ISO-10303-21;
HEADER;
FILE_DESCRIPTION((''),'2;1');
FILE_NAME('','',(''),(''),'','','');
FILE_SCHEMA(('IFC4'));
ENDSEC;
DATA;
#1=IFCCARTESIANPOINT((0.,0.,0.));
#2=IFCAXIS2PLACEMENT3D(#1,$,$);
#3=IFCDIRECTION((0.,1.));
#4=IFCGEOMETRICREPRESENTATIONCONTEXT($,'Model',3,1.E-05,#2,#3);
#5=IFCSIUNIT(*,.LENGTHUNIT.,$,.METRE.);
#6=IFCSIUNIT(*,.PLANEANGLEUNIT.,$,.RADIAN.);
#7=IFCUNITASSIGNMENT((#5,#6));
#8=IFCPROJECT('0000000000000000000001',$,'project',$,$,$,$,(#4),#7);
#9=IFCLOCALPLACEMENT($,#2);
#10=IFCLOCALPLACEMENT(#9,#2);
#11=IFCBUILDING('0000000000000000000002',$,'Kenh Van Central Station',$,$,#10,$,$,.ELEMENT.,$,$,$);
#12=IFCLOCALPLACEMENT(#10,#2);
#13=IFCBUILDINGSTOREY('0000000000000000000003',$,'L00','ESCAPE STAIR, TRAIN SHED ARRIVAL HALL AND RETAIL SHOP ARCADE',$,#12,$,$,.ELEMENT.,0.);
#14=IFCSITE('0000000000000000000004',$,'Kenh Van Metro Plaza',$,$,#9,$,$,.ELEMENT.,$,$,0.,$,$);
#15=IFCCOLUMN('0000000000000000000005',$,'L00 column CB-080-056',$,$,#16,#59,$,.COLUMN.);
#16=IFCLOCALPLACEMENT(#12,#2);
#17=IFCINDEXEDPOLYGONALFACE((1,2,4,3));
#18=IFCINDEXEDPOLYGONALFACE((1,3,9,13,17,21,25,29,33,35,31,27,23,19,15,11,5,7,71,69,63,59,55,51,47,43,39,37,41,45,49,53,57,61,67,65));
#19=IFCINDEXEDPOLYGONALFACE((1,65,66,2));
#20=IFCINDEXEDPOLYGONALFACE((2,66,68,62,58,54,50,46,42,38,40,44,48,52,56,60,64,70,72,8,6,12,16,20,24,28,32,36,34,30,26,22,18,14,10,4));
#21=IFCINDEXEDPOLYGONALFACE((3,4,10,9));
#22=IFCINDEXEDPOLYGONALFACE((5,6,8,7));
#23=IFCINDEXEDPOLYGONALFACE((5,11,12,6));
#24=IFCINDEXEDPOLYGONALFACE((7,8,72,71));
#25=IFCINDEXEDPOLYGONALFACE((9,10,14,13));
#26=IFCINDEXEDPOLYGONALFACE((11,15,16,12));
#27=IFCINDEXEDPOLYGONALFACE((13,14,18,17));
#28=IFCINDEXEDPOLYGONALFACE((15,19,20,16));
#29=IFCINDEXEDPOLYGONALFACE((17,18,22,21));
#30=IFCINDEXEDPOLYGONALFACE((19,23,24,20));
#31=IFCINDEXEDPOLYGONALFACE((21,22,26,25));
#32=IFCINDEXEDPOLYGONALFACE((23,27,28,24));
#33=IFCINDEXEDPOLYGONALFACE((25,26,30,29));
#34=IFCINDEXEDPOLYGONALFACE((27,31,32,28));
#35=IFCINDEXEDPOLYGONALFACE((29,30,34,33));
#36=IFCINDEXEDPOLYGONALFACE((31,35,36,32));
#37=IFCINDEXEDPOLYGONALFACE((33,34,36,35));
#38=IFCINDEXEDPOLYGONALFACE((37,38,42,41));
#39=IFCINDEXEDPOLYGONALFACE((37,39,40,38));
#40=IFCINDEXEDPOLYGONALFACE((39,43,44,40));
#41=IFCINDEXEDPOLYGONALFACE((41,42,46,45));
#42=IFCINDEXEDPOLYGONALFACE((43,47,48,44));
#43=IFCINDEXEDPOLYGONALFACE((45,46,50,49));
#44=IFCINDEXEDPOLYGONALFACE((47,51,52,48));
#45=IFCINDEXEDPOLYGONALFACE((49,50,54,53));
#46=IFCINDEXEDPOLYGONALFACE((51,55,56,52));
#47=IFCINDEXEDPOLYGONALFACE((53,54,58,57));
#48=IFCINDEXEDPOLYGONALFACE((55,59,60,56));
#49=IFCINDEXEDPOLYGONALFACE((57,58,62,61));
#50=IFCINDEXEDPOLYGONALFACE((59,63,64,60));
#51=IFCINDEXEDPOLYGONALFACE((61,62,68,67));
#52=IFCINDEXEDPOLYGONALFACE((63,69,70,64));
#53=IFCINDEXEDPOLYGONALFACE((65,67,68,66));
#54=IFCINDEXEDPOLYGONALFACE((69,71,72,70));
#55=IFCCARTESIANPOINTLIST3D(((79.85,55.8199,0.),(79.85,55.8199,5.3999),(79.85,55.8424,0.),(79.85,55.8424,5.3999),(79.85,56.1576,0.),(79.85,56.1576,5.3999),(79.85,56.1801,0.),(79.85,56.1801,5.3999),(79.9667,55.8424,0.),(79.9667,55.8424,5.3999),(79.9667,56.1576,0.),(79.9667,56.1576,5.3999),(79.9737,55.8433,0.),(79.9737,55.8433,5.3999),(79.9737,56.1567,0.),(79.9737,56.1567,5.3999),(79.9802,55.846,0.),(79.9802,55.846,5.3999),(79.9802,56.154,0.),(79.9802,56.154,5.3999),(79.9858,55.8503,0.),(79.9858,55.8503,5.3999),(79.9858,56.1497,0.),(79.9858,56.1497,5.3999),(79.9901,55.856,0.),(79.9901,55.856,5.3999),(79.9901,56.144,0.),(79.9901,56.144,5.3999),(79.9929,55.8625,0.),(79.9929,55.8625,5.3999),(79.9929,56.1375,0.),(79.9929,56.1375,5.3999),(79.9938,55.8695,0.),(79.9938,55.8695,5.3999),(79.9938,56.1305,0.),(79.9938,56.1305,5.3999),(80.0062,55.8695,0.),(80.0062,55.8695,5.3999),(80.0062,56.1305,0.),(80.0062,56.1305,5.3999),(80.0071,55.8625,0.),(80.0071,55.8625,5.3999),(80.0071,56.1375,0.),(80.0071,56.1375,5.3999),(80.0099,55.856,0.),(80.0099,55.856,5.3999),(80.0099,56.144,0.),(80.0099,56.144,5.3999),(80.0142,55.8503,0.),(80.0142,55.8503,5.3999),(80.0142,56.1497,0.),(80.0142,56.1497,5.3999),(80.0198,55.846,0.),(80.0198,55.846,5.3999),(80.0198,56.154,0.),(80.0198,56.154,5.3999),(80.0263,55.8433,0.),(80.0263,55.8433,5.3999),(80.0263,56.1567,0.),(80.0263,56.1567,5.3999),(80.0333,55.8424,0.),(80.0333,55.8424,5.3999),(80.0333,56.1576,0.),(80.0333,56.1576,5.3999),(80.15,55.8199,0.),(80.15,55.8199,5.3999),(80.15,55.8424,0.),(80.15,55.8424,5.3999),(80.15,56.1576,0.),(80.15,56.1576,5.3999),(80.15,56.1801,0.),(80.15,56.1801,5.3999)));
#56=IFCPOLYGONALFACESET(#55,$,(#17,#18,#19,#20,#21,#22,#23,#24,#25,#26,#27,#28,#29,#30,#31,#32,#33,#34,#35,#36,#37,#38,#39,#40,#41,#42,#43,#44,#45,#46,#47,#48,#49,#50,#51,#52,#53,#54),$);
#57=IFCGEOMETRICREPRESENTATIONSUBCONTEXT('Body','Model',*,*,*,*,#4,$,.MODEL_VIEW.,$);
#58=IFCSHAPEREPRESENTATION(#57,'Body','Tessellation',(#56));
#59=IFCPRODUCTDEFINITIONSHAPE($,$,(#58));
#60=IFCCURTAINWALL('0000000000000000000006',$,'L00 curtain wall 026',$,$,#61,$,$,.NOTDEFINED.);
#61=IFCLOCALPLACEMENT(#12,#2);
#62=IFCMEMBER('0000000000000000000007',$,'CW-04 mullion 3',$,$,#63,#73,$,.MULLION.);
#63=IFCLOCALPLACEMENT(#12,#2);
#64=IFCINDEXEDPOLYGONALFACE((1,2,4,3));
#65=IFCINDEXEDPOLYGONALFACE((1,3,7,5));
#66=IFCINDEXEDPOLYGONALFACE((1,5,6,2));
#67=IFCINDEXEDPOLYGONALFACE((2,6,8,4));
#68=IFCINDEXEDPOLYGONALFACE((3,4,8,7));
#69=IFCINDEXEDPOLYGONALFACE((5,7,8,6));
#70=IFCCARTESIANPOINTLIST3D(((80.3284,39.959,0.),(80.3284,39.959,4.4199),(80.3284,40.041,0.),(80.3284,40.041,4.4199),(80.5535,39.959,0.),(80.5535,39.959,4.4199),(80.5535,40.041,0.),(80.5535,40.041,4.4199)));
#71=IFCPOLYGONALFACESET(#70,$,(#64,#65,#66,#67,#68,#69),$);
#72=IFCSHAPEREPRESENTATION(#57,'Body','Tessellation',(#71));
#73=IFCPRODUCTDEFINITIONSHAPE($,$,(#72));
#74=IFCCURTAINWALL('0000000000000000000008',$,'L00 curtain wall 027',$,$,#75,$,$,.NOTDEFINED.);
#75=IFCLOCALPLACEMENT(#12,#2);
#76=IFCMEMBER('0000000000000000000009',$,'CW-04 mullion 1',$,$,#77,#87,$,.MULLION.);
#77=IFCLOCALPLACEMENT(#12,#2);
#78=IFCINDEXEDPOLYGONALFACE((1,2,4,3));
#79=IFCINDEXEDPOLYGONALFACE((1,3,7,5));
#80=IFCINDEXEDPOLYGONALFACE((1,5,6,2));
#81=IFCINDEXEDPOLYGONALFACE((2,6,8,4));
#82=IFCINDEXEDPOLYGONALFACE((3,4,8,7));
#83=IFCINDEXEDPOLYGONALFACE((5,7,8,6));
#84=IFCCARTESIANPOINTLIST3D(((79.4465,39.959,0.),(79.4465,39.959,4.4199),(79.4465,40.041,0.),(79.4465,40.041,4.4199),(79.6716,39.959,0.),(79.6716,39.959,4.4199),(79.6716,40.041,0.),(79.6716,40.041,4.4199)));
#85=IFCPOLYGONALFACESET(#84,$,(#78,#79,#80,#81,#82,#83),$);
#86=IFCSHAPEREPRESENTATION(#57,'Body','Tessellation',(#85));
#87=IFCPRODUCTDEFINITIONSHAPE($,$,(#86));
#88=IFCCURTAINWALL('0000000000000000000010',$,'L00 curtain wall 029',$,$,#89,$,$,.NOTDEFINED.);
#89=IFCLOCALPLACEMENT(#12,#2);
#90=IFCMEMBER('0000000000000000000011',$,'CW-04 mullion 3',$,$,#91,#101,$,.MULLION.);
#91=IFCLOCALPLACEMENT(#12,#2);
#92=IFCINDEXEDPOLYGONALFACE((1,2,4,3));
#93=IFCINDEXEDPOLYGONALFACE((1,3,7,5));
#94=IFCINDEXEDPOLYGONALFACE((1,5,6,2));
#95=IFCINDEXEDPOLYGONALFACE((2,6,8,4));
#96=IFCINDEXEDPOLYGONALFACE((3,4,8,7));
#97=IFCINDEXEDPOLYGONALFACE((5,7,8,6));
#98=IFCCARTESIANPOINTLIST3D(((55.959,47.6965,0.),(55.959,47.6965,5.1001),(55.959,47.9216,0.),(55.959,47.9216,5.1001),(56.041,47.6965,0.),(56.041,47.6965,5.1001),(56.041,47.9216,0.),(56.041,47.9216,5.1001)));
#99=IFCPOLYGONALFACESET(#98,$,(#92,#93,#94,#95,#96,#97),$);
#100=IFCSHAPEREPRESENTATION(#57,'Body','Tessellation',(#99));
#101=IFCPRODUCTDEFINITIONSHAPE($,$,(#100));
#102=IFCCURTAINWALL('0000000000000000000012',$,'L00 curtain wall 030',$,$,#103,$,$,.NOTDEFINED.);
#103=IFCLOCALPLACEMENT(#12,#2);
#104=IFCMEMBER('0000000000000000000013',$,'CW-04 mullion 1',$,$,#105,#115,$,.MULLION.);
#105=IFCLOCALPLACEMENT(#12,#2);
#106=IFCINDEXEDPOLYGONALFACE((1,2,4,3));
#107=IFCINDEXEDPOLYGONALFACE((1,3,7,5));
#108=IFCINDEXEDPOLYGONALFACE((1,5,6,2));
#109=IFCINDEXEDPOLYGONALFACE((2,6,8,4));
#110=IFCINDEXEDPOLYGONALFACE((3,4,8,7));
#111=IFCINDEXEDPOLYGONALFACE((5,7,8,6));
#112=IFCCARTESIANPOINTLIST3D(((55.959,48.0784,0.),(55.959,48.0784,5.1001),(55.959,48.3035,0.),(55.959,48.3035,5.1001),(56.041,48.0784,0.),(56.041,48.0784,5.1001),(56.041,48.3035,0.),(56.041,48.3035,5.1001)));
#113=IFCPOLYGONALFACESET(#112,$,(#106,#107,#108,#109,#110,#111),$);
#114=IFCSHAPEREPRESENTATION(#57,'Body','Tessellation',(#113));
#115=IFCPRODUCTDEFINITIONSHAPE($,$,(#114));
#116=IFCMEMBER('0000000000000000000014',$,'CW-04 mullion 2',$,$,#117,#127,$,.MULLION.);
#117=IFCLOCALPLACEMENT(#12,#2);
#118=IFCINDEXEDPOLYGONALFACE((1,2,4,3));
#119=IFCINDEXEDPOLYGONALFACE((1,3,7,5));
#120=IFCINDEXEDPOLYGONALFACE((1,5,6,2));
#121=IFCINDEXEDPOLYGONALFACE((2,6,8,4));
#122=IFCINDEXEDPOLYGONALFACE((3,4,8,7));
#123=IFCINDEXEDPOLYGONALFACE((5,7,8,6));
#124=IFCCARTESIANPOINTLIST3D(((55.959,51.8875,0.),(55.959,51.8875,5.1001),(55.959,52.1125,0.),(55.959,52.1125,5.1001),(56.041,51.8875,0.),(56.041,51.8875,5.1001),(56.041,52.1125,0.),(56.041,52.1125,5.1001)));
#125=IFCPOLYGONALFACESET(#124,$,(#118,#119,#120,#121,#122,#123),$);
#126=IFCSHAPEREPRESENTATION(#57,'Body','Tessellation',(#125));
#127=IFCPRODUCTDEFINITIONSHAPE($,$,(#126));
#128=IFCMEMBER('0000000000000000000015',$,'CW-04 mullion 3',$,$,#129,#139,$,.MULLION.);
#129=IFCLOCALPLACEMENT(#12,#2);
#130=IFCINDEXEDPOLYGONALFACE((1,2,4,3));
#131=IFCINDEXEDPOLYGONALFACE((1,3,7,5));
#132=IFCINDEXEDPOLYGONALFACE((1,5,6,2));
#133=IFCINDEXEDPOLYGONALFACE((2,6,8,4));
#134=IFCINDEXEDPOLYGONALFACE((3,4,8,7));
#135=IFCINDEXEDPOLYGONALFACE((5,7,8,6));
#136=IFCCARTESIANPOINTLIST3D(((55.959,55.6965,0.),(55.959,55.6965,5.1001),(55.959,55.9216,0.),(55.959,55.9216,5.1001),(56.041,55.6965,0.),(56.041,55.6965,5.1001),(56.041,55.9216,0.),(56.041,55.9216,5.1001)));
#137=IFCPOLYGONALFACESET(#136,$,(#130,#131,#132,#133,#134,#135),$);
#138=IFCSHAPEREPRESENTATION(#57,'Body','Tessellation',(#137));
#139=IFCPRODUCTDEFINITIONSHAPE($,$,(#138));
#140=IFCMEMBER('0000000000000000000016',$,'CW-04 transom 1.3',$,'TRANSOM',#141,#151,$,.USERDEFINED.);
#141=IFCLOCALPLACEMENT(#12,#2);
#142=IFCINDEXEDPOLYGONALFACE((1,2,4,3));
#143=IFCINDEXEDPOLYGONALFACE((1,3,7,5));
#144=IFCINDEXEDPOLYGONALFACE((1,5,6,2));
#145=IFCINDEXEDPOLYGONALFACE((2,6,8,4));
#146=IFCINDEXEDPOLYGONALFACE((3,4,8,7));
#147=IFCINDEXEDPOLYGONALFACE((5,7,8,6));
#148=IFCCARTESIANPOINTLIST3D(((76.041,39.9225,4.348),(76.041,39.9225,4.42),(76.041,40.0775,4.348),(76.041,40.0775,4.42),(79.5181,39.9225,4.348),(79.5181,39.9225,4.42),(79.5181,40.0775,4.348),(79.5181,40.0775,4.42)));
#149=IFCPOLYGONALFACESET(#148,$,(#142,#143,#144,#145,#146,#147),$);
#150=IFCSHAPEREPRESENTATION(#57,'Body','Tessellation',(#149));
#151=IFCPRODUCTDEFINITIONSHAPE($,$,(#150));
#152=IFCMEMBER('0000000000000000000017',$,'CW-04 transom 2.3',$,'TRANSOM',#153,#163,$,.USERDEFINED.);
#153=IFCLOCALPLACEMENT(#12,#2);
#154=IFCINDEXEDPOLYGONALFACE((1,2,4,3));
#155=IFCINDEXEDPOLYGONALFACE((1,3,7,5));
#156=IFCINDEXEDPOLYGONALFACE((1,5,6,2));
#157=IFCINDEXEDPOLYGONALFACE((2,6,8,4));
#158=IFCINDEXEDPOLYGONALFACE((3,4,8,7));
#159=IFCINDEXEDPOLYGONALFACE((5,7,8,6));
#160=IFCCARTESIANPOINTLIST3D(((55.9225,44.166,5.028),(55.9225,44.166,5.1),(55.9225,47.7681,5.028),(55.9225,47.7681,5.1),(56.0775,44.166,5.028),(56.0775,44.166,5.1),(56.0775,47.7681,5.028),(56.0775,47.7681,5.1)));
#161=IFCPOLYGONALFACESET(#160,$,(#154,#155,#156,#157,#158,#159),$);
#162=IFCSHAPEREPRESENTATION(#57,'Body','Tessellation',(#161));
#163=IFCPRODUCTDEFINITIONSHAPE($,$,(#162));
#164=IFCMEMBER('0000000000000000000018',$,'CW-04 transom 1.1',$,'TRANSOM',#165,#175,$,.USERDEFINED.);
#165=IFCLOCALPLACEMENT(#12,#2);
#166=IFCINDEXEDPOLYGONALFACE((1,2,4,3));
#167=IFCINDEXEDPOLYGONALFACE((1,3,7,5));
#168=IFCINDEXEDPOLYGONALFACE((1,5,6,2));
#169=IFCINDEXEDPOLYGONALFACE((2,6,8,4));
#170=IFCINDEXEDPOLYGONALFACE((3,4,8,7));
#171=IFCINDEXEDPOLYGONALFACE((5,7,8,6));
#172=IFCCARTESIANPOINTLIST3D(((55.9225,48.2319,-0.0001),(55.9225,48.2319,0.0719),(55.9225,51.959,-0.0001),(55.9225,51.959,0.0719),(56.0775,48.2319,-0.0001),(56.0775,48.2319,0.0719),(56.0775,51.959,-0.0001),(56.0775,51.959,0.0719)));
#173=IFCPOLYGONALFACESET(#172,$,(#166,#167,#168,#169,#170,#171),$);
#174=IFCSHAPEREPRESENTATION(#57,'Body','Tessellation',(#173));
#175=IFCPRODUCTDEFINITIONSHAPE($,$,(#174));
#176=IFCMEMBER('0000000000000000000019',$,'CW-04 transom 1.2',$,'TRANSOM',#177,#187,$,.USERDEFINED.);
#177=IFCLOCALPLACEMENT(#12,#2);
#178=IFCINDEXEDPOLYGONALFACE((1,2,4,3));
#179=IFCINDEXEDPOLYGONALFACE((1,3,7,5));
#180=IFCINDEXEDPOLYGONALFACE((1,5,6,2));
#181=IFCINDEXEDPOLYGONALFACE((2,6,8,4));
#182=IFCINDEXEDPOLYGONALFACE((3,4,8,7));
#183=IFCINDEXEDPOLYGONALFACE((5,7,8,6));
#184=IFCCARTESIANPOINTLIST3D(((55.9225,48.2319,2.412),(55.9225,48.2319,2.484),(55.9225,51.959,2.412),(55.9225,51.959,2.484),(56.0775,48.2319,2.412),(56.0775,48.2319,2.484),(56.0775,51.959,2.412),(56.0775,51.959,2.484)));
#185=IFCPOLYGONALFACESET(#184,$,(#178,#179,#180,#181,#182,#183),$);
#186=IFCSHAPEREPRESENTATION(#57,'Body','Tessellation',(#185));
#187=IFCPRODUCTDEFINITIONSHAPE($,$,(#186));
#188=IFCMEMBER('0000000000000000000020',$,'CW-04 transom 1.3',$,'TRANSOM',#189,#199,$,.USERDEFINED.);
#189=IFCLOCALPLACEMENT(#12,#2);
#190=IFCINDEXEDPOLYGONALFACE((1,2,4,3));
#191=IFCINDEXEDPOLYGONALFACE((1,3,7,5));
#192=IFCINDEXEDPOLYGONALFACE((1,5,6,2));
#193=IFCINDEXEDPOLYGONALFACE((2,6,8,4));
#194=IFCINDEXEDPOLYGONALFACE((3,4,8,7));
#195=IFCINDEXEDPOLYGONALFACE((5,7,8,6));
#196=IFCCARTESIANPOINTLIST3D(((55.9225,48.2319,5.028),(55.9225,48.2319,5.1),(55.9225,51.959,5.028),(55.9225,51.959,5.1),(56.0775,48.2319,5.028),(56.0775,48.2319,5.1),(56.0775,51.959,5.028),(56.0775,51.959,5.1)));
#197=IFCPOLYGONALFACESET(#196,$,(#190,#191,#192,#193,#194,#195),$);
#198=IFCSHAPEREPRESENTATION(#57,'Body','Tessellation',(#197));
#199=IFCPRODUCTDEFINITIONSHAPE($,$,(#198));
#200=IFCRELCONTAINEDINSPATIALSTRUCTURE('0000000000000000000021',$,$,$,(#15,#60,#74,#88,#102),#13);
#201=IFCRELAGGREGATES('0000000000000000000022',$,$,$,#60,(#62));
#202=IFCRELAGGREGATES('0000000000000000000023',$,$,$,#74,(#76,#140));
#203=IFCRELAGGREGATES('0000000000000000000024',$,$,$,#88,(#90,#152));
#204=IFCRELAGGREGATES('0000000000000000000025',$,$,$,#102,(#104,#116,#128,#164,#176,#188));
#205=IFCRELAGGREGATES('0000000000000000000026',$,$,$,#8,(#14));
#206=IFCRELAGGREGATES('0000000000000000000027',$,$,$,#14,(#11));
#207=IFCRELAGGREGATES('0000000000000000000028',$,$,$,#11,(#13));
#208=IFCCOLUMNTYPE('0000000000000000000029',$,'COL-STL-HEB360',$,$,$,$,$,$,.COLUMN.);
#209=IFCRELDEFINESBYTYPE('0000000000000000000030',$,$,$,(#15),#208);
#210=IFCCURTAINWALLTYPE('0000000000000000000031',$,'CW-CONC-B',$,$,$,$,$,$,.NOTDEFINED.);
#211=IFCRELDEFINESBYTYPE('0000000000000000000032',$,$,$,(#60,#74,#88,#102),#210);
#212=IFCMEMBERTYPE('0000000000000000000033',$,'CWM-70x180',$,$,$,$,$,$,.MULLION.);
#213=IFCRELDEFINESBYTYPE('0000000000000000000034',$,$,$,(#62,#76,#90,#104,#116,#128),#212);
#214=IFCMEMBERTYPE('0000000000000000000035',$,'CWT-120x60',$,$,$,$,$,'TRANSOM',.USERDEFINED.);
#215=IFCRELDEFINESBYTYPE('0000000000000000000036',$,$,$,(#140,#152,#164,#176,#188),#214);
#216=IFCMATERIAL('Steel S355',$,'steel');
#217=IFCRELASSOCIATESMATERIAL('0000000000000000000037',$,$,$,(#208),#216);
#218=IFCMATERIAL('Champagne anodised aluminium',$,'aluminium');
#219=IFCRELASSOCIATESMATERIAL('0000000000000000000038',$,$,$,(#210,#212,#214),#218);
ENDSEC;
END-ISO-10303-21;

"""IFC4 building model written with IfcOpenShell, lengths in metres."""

from ifc_helpers import new_model, si_unit, direction, frame, origin, origin_2d, place, context, subcontext, project, spatial, rectangle, i_section, extrude, material, material_profile, profile_set, type_object, element, aggregate, save


model = new_model("IFC4")

# Units and contexts
model_context = context("Model", 3, precision=1e-05, world=origin(), true_north=direction((0.0, 1.0)))
body_context = subcontext(model_context, "Body", "Model", "MODEL_VIEW")
ifc_project = project(units=[si_unit("LENGTHUNIT", "METRE"), si_unit("PLANEANGLEUNIT", "RADIAN")], contexts=[model_context])

# Site, building, storey
site_placement = place(None, origin())
site = spatial("IfcSite", under=ifc_project, at=site_placement, Name="Kenh Van Metro Plaza", CompositionType="ELEMENT", RefElevation=0.0)
building_placement = place(site_placement, origin())
building = spatial("IfcBuilding", under=site, at=building_placement, Name="Kenh Van Central Station", CompositionType="ELEMENT")
storey_placement = place(building_placement, origin())
storey = spatial("IfcBuildingStorey", under=building, at=storey_placement, Name="L00", Description="ESCAPE STAIR, TRAIN SHED ARRIVAL HALL AND RETAIL SHOP ARCADE", CompositionType="ELEMENT", Elevation=0.0)

# Column
ifc_material_1 = material(Name="Steel S355", Category="steel")
ifc_material_profile_1 = material_profile(ifc_material_1, i_section(OverallWidth=0.3, OverallDepth=0.3601, WebThickness=0.0125, FlangeThickness=0.0225, FilletRadius=0.0271, at=origin_2d()), Name="HEB 360")
ifc_profile_set_1 = profile_set([ifc_material_profile_1], Name="Steel S355")
column_type_1 = type_object("IfcColumnType", Name="COL-STL-HEB360", PredefinedType="COLUMN", material=ifc_profile_set_1)
for number, where, z_axis, x_axis, name in (
    (1, (80.0, 56.0, 0.0), (0.0, 0.0, 1.0), (1.0, 0.0, 0.0), "L00 column CB-080-056"),
):
    element("IfcColumn", number, at=place(storey_placement, frame(where, z_axis=z_axis, x_axis=x_axis)), inside=storey, type_object=column_type_1, Name=name, PredefinedType="COLUMN", context=body_context, shape_type="SweptSolid", body=[
        extrude(i_section(OverallWidth=0.3, OverallDepth=0.3601, WebThickness=0.0125, FlangeThickness=0.0225, FilletRadius=0.0271, at=origin_2d()), origin(), (0.0, 0.0, 1.0), 5.3999),
    ])

# Curtain walls, members
ifc_material_2 = material(Name="Champagne anodised aluminium", Category="aluminium")
curtain_wall_type = type_object("IfcCurtainWallType", Name="CW-CONC-B", PredefinedType="NOTDEFINED", material=ifc_material_2)
curtain_wall_1_placement = place(storey_placement, origin())
curtain_wall_1 = element("IfcCurtainWall", 2, at=curtain_wall_1_placement, inside=storey, type_object=curtain_wall_type, Name="L00 curtain wall 026", PredefinedType="NOTDEFINED")
ifc_material_profile_2 = material_profile(ifc_material_2, rectangle(XDim=0.082, YDim=0.2251, at=origin_2d()), Name="AL 82x225")
ifc_profile_set_2 = profile_set([ifc_material_profile_2], Name="Champagne anodised aluminium")
member_type_1 = type_object("IfcMemberType", Name="CWM-70x180", PredefinedType="MULLION", material=ifc_profile_set_2)
member_1_placement = place(storey_placement, frame((80.4409, 40.0, 0.0), z_axis=(0.0, 0.0, 1.0), x_axis=(0.0, -1.0, 0.0)))
member_1 = element("IfcMember", 3, at=member_1_placement, type_object=member_type_1, Name="CW-04 mullion 3", PredefinedType="MULLION", context=body_context, shape_type="SweptSolid", body=[
    extrude(rectangle(XDim=0.082, YDim=0.2251, at=origin_2d()), origin(), (0.0, 0.0, 1.0), 4.4199),
])
aggregate(curtain_wall_1, [member_1])
curtain_wall_2_placement = place(storey_placement, origin())
curtain_wall_2 = element("IfcCurtainWall", 4, at=curtain_wall_2_placement, inside=storey, type_object=curtain_wall_type, Name="L00 curtain wall 027", PredefinedType="NOTDEFINED")
member_2_placement = place(storey_placement, frame((79.5591, 40.0, 0.0), z_axis=(0.0, 0.0, 1.0), x_axis=(0.0, -1.0, 0.0)))
member_2 = element("IfcMember", 5, at=member_2_placement, type_object=member_type_1, Name="CW-04 mullion 1", PredefinedType="MULLION", context=body_context, shape_type="SweptSolid", body=[
    extrude(rectangle(XDim=0.082, YDim=0.2251, at=origin_2d()), origin(), (0.0, 0.0, 1.0), 4.4199),
])
curtain_wall_3_placement = place(storey_placement, origin())
curtain_wall_3 = element("IfcCurtainWall", 6, at=curtain_wall_3_placement, inside=storey, type_object=curtain_wall_type, Name="L00 curtain wall 029", PredefinedType="NOTDEFINED")
member_3_placement = place(storey_placement, frame((56.0, 47.8091, 0.0), z_axis=(0.0, 0.0, 1.0), x_axis=(-1.0, 0.0, 0.0)))
member_3 = element("IfcMember", 7, at=member_3_placement, type_object=member_type_1, Name="CW-04 mullion 3", PredefinedType="MULLION", context=body_context, shape_type="SweptSolid", body=[
    extrude(rectangle(XDim=0.082, YDim=0.2251, at=origin_2d()), origin(), (0.0, 0.0, 1.0), 5.1001),
])

# Curtain wall, members
curtain_wall_4_placement = place(storey_placement, origin())
curtain_wall_4 = element("IfcCurtainWall", 8, at=curtain_wall_4_placement, inside=storey, type_object=curtain_wall_type, Name="L00 curtain wall 030", PredefinedType="NOTDEFINED")
member_4_placement = place(storey_placement, frame((56.0, 48.1909, 0.0), z_axis=(0.0, 0.0, 1.0), x_axis=(-1.0, 0.0, 0.0)))
member_4 = element("IfcMember", 9, at=member_4_placement, type_object=member_type_1, Name="CW-04 mullion 1", PredefinedType="MULLION", context=body_context, shape_type="SweptSolid", body=[
    extrude(rectangle(XDim=0.082, YDim=0.2251, at=origin_2d()), origin(), (0.0, 0.0, 1.0), 5.1001),
])
member_5_placement = place(storey_placement, frame((56.0, 52.0, 0.0), z_axis=(0.0, 0.0, 1.0), x_axis=(-1.0, 0.0, 0.0)))
member_5 = element("IfcMember", 10, at=member_5_placement, type_object=member_type_1, Name="CW-04 mullion 2", PredefinedType="MULLION", context=body_context, shape_type="SweptSolid", body=[
    extrude(rectangle(XDim=0.082, YDim=0.2251, at=origin_2d()), origin(), (0.0, 0.0, 1.0), 5.1001),
])
member_6_placement = place(storey_placement, frame((56.0, 55.8091, 0.0), z_axis=(0.0, 0.0, 1.0), x_axis=(-1.0, 0.0, 0.0)))
member_6 = element("IfcMember", 11, at=member_6_placement, type_object=member_type_1, Name="CW-04 mullion 3", PredefinedType="MULLION", context=body_context, shape_type="SweptSolid", body=[
    extrude(rectangle(XDim=0.082, YDim=0.2251, at=origin_2d()), origin(), (0.0, 0.0, 1.0), 5.1001),
])

# Members
ifc_material_profile_3 = material_profile(ifc_material_2, rectangle(XDim=0.155, YDim=0.072, at=origin_2d()), Name="AL 155x72")
ifc_profile_set_3 = profile_set([ifc_material_profile_3], Name="Champagne anodised aluminium")
member_type_2 = type_object("IfcMemberType", Name="CWT-120x60", ElementType="TRANSOM", PredefinedType="USERDEFINED", material=ifc_profile_set_3)
member_7_placement = place(storey_placement, frame((79.5181, 40.0, 4.384), z_axis=(-1.0, 0.0, 0.0), x_axis=(0.0, -1.0, 0.0)))
member_7 = element("IfcMember", 12, at=member_7_placement, type_object=member_type_2, Name="CW-04 transom 1.3", ObjectType="TRANSOM", PredefinedType="USERDEFINED", context=body_context, shape_type="SweptSolid", body=[
    extrude(rectangle(XDim=0.155, YDim=0.072, at=origin_2d()), origin(), (0.0, 0.0, 1.0), 3.4771),
])
aggregate(curtain_wall_2, [member_2, member_7])
member_8_placement = place(storey_placement, frame((56.0, 44.166, 5.064), z_axis=(0.0, 1.0, 0.0), x_axis=(-1.0, 0.0, 0.0)))
member_8 = element("IfcMember", 13, at=member_8_placement, type_object=member_type_2, Name="CW-04 transom 2.3", ObjectType="TRANSOM", PredefinedType="USERDEFINED", context=body_context, shape_type="SweptSolid", body=[
    extrude(rectangle(XDim=0.155, YDim=0.072, at=origin_2d()), origin(), (0.0, 0.0, 1.0), 3.6021),
])
member_9_placement = place(storey_placement, frame((56.0, 48.2319, 0.0359), z_axis=(0.0, 1.0, 0.0), x_axis=(-1.0, 0.0, 0.0)))
member_9 = element("IfcMember", 14, at=member_9_placement, type_object=member_type_2, Name="CW-04 transom 1.1", ObjectType="TRANSOM", PredefinedType="USERDEFINED", context=body_context, shape_type="SweptSolid", body=[
    extrude(rectangle(XDim=0.155, YDim=0.072, at=origin_2d()), origin(), (0.0, 0.0, 1.0), 3.7271),
])
member_10_placement = place(storey_placement, frame((56.0, 48.2319, 2.448), z_axis=(0.0, 1.0, 0.0), x_axis=(-1.0, 0.0, 0.0)))
member_10 = element("IfcMember", 15, at=member_10_placement, type_object=member_type_2, Name="CW-04 transom 1.2", ObjectType="TRANSOM", PredefinedType="USERDEFINED", context=body_context, shape_type="SweptSolid", body=[
    extrude(rectangle(XDim=0.155, YDim=0.072, at=origin_2d()), origin(), (0.0, 0.0, 1.0), 3.7271),
])
member_11_placement = place(storey_placement, frame((56.0, 48.2319, 5.064), z_axis=(0.0, 1.0, 0.0), x_axis=(-1.0, 0.0, 0.0)))
member_11 = element("IfcMember", 16, at=member_11_placement, type_object=member_type_2, Name="CW-04 transom 1.3", ObjectType="TRANSOM", PredefinedType="USERDEFINED", context=body_context, shape_type="SweptSolid", body=[
    extrude(rectangle(XDim=0.155, YDim=0.072, at=origin_2d()), origin(), (0.0, 0.0, 1.0), 3.7271),
])

aggregate(curtain_wall_3, [member_3, member_8])
aggregate(curtain_wall_4, [member_4, member_5, member_6, member_9, member_10, member_11])

save(model, "model.ifc")
